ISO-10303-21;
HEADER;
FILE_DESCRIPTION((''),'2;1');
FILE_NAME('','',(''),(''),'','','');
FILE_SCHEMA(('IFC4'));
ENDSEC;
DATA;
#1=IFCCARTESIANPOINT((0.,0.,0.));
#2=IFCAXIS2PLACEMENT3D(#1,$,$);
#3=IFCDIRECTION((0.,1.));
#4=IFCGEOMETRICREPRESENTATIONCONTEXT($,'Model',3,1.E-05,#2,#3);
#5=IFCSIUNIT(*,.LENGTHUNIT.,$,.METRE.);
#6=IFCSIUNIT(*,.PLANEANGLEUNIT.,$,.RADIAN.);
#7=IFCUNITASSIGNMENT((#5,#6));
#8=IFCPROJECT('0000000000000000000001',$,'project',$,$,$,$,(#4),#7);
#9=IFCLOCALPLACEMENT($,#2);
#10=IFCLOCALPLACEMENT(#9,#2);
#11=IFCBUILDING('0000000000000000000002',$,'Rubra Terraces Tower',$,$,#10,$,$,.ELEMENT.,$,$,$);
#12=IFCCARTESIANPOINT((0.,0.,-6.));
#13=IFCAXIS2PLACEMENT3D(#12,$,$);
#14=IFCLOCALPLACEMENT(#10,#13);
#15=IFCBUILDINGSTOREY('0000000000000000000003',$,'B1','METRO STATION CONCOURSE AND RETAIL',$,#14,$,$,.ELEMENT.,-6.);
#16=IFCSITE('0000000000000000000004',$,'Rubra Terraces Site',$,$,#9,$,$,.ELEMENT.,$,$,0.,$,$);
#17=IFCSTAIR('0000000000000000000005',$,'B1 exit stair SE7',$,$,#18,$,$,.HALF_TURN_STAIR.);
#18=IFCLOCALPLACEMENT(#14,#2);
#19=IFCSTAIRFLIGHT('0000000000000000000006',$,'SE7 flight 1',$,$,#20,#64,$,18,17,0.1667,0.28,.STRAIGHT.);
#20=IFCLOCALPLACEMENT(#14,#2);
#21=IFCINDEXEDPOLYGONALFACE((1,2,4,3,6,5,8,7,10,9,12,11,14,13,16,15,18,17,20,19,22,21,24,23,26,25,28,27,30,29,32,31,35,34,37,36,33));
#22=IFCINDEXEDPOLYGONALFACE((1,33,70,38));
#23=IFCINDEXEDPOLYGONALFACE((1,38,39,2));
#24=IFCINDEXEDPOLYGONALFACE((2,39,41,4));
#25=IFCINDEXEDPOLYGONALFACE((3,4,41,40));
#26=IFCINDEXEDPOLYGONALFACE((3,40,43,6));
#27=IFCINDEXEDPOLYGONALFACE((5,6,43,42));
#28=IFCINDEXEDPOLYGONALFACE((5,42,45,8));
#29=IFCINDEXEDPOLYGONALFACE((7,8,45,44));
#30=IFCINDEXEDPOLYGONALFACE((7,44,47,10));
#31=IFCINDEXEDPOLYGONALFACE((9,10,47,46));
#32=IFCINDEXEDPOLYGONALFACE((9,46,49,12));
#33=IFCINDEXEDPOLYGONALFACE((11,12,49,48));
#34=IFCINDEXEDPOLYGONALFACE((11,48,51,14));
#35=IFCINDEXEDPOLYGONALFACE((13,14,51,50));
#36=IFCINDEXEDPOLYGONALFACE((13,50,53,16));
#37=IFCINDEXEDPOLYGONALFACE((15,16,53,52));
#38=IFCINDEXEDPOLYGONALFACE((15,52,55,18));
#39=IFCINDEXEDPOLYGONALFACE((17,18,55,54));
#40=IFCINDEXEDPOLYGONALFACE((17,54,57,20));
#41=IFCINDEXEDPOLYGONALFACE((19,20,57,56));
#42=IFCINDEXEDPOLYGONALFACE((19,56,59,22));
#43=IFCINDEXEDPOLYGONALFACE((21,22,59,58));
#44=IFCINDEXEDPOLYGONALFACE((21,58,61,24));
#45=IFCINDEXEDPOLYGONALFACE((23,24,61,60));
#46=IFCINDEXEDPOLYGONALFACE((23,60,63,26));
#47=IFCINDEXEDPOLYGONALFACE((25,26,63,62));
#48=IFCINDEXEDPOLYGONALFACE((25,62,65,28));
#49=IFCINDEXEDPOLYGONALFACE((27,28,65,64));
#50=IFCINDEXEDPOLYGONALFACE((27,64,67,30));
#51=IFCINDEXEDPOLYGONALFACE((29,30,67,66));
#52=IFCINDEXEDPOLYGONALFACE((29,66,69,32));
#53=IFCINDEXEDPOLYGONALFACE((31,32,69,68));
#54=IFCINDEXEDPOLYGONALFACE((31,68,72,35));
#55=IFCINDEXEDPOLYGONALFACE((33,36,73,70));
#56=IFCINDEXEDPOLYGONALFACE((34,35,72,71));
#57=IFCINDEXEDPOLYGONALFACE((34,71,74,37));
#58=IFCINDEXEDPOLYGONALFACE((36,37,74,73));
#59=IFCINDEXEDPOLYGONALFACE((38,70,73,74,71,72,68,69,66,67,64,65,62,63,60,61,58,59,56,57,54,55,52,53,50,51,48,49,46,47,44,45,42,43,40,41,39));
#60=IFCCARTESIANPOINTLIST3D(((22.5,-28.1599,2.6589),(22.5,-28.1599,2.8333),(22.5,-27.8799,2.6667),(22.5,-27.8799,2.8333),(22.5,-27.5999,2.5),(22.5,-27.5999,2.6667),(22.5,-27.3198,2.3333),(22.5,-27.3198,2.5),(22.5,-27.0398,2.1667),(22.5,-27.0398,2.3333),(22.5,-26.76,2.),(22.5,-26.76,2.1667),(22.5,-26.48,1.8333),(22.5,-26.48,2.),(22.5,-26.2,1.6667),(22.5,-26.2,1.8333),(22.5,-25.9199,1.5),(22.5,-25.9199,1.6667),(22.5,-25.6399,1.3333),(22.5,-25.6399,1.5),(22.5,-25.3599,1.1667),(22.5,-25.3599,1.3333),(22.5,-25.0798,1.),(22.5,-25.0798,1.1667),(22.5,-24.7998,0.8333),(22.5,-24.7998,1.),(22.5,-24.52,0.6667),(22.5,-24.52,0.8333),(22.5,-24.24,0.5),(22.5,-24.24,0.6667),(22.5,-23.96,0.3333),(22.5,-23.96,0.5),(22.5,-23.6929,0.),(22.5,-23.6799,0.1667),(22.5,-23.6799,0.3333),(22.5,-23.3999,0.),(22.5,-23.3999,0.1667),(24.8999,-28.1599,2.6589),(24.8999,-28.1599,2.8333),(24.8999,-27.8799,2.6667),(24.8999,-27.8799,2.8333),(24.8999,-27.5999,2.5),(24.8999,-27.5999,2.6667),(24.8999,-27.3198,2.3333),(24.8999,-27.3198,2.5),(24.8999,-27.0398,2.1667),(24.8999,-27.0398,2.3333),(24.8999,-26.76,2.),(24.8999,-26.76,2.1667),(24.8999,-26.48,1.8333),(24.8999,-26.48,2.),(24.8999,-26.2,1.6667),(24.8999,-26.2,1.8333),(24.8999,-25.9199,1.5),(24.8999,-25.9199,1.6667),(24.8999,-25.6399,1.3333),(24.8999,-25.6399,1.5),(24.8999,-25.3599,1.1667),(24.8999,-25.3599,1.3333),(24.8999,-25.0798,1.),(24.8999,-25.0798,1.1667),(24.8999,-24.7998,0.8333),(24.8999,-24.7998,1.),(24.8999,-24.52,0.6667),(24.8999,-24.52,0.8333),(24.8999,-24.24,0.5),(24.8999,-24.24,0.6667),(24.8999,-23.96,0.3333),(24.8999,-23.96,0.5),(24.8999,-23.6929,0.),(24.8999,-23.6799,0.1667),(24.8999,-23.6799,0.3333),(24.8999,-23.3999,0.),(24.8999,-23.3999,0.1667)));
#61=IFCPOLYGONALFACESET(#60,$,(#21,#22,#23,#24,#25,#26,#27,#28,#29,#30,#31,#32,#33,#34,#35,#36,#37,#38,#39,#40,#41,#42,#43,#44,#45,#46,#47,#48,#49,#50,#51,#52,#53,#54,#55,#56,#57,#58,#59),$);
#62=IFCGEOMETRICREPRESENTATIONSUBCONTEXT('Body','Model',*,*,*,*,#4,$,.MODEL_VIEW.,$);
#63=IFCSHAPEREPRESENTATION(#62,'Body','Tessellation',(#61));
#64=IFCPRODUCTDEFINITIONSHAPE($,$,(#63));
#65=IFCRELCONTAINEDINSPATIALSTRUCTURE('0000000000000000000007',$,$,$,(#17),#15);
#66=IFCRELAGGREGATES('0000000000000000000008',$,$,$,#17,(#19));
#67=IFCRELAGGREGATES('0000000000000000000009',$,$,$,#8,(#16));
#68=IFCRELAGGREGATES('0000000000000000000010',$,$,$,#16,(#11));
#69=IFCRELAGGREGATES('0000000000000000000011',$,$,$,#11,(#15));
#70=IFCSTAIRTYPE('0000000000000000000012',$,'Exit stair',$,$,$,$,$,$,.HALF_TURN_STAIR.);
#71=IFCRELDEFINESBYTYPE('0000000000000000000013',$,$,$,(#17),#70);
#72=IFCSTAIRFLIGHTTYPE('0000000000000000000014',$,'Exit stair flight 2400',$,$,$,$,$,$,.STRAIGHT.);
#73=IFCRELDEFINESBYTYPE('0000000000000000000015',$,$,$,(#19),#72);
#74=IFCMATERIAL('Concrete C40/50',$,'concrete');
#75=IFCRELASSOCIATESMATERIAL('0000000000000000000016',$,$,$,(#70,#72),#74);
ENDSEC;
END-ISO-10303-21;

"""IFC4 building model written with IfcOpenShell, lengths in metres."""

from ifc_helpers import new_model, si_unit, direction, frame, origin, place, context, subcontext, project, spatial, polyline, outline, extrude, material, type_object, element, aggregate, save


model = new_model("IFC4")

# Units and contexts
model_context = context("Model", 3, precision=1e-05, world=origin(), true_north=direction((0.0, 1.0)))
body_context = subcontext(model_context, "Body", "Model", "MODEL_VIEW")
ifc_project = project(units=[si_unit("LENGTHUNIT", "METRE"), si_unit("PLANEANGLEUNIT", "RADIAN")], contexts=[model_context])

# Site, building, storey
site_placement = place(None, origin())
site = spatial("IfcSite", under=ifc_project, at=site_placement, Name="Rubra Terraces Site", CompositionType="ELEMENT", RefElevation=0.0)
building_placement = place(site_placement, origin())
building = spatial("IfcBuilding", under=site, at=building_placement, Name="Rubra Terraces Tower", CompositionType="ELEMENT")
storey_placement = place(building_placement, frame((0.0, 0.0, -6.0)))
storey = spatial("IfcBuildingStorey", under=building, at=storey_placement, Name="B1", Description="METRO STATION CONCOURSE AND RETAIL", CompositionType="ELEMENT", Elevation=-6.0)

# Shared definitions
ifc_material_1 = material(Name="Concrete C40/50", Category="concrete")

# Stair, stair flight
stair_type = type_object("IfcStairType", Name="Exit stair", PredefinedType="HALF_TURN_STAIR", material=ifc_material_1)
stair_placement = place(storey_placement, origin())
stair = element("IfcStair", 1, at=stair_placement, inside=storey, type_object=stair_type, Name="B1 exit stair SE7", PredefinedType="HALF_TURN_STAIR")
stair_flight_type = type_object("IfcStairFlightType", Name="Exit stair flight 2400", PredefinedType="STRAIGHT", material=ifc_material_1)
stair_flight_placement = place(storey_placement, frame((23.7, -23.3999, 0.0), z_axis=(0.0, 0.0, 1.0), x_axis=(0.0, -1.0, 0.0)))
stair_flight = element("IfcStairFlight", 2, at=stair_flight_placement, type_object=stair_flight_type, Name="SE7 flight 1", NumberOfRisers=18, NumberOfTreads=17, PredefinedType="STRAIGHT", RiserHeight=0.1667, TreadLength=0.28, context=body_context, shape_type="SweptSolid", body=[
    extrude(outline(polyline([(0.0, 0.0), (0.0, 0.1667), (0.28, 0.1667), (0.28, 0.3333), (0.5601, 0.3333), (0.5601, 0.5), (0.8401, 0.5), (0.8401, 0.6667), (1.1201, 0.6667), (1.1201, 0.8333), (1.3999, 0.8333), (1.3999, 1.0), (1.6799, 1.0), (1.6799, 1.1667), (1.96, 1.1667), (1.96, 1.3333), (2.24, 1.3333), (2.24, 1.5), (2.52, 1.5), (2.52, 1.6667), (2.8, 1.6667), (2.8, 1.8333), (3.0801, 1.8333), (3.0801, 2.0), (3.3601, 2.0), (3.3601, 2.1667), (3.6399, 2.1667), (3.6399, 2.3333), (3.9199, 2.3333), (3.9199, 2.5), (4.2, 2.5), (4.2, 2.6667), (4.48, 2.6667), (4.48, 2.8333), (4.76, 2.8333), (4.76, 3.0), (4.76, 2.6589), (0.293, 0.0), (0.0, 0.0)])), frame((0.0, 1.2, 0.0), z_axis=(0.0, -1.0, 0.0), x_axis=(1.0, 0.0, 0.0)), (0.0, 0.0, 1.0), 2.3999),
])
aggregate(stair, [stair_flight])

save(model, "model.ifc")
